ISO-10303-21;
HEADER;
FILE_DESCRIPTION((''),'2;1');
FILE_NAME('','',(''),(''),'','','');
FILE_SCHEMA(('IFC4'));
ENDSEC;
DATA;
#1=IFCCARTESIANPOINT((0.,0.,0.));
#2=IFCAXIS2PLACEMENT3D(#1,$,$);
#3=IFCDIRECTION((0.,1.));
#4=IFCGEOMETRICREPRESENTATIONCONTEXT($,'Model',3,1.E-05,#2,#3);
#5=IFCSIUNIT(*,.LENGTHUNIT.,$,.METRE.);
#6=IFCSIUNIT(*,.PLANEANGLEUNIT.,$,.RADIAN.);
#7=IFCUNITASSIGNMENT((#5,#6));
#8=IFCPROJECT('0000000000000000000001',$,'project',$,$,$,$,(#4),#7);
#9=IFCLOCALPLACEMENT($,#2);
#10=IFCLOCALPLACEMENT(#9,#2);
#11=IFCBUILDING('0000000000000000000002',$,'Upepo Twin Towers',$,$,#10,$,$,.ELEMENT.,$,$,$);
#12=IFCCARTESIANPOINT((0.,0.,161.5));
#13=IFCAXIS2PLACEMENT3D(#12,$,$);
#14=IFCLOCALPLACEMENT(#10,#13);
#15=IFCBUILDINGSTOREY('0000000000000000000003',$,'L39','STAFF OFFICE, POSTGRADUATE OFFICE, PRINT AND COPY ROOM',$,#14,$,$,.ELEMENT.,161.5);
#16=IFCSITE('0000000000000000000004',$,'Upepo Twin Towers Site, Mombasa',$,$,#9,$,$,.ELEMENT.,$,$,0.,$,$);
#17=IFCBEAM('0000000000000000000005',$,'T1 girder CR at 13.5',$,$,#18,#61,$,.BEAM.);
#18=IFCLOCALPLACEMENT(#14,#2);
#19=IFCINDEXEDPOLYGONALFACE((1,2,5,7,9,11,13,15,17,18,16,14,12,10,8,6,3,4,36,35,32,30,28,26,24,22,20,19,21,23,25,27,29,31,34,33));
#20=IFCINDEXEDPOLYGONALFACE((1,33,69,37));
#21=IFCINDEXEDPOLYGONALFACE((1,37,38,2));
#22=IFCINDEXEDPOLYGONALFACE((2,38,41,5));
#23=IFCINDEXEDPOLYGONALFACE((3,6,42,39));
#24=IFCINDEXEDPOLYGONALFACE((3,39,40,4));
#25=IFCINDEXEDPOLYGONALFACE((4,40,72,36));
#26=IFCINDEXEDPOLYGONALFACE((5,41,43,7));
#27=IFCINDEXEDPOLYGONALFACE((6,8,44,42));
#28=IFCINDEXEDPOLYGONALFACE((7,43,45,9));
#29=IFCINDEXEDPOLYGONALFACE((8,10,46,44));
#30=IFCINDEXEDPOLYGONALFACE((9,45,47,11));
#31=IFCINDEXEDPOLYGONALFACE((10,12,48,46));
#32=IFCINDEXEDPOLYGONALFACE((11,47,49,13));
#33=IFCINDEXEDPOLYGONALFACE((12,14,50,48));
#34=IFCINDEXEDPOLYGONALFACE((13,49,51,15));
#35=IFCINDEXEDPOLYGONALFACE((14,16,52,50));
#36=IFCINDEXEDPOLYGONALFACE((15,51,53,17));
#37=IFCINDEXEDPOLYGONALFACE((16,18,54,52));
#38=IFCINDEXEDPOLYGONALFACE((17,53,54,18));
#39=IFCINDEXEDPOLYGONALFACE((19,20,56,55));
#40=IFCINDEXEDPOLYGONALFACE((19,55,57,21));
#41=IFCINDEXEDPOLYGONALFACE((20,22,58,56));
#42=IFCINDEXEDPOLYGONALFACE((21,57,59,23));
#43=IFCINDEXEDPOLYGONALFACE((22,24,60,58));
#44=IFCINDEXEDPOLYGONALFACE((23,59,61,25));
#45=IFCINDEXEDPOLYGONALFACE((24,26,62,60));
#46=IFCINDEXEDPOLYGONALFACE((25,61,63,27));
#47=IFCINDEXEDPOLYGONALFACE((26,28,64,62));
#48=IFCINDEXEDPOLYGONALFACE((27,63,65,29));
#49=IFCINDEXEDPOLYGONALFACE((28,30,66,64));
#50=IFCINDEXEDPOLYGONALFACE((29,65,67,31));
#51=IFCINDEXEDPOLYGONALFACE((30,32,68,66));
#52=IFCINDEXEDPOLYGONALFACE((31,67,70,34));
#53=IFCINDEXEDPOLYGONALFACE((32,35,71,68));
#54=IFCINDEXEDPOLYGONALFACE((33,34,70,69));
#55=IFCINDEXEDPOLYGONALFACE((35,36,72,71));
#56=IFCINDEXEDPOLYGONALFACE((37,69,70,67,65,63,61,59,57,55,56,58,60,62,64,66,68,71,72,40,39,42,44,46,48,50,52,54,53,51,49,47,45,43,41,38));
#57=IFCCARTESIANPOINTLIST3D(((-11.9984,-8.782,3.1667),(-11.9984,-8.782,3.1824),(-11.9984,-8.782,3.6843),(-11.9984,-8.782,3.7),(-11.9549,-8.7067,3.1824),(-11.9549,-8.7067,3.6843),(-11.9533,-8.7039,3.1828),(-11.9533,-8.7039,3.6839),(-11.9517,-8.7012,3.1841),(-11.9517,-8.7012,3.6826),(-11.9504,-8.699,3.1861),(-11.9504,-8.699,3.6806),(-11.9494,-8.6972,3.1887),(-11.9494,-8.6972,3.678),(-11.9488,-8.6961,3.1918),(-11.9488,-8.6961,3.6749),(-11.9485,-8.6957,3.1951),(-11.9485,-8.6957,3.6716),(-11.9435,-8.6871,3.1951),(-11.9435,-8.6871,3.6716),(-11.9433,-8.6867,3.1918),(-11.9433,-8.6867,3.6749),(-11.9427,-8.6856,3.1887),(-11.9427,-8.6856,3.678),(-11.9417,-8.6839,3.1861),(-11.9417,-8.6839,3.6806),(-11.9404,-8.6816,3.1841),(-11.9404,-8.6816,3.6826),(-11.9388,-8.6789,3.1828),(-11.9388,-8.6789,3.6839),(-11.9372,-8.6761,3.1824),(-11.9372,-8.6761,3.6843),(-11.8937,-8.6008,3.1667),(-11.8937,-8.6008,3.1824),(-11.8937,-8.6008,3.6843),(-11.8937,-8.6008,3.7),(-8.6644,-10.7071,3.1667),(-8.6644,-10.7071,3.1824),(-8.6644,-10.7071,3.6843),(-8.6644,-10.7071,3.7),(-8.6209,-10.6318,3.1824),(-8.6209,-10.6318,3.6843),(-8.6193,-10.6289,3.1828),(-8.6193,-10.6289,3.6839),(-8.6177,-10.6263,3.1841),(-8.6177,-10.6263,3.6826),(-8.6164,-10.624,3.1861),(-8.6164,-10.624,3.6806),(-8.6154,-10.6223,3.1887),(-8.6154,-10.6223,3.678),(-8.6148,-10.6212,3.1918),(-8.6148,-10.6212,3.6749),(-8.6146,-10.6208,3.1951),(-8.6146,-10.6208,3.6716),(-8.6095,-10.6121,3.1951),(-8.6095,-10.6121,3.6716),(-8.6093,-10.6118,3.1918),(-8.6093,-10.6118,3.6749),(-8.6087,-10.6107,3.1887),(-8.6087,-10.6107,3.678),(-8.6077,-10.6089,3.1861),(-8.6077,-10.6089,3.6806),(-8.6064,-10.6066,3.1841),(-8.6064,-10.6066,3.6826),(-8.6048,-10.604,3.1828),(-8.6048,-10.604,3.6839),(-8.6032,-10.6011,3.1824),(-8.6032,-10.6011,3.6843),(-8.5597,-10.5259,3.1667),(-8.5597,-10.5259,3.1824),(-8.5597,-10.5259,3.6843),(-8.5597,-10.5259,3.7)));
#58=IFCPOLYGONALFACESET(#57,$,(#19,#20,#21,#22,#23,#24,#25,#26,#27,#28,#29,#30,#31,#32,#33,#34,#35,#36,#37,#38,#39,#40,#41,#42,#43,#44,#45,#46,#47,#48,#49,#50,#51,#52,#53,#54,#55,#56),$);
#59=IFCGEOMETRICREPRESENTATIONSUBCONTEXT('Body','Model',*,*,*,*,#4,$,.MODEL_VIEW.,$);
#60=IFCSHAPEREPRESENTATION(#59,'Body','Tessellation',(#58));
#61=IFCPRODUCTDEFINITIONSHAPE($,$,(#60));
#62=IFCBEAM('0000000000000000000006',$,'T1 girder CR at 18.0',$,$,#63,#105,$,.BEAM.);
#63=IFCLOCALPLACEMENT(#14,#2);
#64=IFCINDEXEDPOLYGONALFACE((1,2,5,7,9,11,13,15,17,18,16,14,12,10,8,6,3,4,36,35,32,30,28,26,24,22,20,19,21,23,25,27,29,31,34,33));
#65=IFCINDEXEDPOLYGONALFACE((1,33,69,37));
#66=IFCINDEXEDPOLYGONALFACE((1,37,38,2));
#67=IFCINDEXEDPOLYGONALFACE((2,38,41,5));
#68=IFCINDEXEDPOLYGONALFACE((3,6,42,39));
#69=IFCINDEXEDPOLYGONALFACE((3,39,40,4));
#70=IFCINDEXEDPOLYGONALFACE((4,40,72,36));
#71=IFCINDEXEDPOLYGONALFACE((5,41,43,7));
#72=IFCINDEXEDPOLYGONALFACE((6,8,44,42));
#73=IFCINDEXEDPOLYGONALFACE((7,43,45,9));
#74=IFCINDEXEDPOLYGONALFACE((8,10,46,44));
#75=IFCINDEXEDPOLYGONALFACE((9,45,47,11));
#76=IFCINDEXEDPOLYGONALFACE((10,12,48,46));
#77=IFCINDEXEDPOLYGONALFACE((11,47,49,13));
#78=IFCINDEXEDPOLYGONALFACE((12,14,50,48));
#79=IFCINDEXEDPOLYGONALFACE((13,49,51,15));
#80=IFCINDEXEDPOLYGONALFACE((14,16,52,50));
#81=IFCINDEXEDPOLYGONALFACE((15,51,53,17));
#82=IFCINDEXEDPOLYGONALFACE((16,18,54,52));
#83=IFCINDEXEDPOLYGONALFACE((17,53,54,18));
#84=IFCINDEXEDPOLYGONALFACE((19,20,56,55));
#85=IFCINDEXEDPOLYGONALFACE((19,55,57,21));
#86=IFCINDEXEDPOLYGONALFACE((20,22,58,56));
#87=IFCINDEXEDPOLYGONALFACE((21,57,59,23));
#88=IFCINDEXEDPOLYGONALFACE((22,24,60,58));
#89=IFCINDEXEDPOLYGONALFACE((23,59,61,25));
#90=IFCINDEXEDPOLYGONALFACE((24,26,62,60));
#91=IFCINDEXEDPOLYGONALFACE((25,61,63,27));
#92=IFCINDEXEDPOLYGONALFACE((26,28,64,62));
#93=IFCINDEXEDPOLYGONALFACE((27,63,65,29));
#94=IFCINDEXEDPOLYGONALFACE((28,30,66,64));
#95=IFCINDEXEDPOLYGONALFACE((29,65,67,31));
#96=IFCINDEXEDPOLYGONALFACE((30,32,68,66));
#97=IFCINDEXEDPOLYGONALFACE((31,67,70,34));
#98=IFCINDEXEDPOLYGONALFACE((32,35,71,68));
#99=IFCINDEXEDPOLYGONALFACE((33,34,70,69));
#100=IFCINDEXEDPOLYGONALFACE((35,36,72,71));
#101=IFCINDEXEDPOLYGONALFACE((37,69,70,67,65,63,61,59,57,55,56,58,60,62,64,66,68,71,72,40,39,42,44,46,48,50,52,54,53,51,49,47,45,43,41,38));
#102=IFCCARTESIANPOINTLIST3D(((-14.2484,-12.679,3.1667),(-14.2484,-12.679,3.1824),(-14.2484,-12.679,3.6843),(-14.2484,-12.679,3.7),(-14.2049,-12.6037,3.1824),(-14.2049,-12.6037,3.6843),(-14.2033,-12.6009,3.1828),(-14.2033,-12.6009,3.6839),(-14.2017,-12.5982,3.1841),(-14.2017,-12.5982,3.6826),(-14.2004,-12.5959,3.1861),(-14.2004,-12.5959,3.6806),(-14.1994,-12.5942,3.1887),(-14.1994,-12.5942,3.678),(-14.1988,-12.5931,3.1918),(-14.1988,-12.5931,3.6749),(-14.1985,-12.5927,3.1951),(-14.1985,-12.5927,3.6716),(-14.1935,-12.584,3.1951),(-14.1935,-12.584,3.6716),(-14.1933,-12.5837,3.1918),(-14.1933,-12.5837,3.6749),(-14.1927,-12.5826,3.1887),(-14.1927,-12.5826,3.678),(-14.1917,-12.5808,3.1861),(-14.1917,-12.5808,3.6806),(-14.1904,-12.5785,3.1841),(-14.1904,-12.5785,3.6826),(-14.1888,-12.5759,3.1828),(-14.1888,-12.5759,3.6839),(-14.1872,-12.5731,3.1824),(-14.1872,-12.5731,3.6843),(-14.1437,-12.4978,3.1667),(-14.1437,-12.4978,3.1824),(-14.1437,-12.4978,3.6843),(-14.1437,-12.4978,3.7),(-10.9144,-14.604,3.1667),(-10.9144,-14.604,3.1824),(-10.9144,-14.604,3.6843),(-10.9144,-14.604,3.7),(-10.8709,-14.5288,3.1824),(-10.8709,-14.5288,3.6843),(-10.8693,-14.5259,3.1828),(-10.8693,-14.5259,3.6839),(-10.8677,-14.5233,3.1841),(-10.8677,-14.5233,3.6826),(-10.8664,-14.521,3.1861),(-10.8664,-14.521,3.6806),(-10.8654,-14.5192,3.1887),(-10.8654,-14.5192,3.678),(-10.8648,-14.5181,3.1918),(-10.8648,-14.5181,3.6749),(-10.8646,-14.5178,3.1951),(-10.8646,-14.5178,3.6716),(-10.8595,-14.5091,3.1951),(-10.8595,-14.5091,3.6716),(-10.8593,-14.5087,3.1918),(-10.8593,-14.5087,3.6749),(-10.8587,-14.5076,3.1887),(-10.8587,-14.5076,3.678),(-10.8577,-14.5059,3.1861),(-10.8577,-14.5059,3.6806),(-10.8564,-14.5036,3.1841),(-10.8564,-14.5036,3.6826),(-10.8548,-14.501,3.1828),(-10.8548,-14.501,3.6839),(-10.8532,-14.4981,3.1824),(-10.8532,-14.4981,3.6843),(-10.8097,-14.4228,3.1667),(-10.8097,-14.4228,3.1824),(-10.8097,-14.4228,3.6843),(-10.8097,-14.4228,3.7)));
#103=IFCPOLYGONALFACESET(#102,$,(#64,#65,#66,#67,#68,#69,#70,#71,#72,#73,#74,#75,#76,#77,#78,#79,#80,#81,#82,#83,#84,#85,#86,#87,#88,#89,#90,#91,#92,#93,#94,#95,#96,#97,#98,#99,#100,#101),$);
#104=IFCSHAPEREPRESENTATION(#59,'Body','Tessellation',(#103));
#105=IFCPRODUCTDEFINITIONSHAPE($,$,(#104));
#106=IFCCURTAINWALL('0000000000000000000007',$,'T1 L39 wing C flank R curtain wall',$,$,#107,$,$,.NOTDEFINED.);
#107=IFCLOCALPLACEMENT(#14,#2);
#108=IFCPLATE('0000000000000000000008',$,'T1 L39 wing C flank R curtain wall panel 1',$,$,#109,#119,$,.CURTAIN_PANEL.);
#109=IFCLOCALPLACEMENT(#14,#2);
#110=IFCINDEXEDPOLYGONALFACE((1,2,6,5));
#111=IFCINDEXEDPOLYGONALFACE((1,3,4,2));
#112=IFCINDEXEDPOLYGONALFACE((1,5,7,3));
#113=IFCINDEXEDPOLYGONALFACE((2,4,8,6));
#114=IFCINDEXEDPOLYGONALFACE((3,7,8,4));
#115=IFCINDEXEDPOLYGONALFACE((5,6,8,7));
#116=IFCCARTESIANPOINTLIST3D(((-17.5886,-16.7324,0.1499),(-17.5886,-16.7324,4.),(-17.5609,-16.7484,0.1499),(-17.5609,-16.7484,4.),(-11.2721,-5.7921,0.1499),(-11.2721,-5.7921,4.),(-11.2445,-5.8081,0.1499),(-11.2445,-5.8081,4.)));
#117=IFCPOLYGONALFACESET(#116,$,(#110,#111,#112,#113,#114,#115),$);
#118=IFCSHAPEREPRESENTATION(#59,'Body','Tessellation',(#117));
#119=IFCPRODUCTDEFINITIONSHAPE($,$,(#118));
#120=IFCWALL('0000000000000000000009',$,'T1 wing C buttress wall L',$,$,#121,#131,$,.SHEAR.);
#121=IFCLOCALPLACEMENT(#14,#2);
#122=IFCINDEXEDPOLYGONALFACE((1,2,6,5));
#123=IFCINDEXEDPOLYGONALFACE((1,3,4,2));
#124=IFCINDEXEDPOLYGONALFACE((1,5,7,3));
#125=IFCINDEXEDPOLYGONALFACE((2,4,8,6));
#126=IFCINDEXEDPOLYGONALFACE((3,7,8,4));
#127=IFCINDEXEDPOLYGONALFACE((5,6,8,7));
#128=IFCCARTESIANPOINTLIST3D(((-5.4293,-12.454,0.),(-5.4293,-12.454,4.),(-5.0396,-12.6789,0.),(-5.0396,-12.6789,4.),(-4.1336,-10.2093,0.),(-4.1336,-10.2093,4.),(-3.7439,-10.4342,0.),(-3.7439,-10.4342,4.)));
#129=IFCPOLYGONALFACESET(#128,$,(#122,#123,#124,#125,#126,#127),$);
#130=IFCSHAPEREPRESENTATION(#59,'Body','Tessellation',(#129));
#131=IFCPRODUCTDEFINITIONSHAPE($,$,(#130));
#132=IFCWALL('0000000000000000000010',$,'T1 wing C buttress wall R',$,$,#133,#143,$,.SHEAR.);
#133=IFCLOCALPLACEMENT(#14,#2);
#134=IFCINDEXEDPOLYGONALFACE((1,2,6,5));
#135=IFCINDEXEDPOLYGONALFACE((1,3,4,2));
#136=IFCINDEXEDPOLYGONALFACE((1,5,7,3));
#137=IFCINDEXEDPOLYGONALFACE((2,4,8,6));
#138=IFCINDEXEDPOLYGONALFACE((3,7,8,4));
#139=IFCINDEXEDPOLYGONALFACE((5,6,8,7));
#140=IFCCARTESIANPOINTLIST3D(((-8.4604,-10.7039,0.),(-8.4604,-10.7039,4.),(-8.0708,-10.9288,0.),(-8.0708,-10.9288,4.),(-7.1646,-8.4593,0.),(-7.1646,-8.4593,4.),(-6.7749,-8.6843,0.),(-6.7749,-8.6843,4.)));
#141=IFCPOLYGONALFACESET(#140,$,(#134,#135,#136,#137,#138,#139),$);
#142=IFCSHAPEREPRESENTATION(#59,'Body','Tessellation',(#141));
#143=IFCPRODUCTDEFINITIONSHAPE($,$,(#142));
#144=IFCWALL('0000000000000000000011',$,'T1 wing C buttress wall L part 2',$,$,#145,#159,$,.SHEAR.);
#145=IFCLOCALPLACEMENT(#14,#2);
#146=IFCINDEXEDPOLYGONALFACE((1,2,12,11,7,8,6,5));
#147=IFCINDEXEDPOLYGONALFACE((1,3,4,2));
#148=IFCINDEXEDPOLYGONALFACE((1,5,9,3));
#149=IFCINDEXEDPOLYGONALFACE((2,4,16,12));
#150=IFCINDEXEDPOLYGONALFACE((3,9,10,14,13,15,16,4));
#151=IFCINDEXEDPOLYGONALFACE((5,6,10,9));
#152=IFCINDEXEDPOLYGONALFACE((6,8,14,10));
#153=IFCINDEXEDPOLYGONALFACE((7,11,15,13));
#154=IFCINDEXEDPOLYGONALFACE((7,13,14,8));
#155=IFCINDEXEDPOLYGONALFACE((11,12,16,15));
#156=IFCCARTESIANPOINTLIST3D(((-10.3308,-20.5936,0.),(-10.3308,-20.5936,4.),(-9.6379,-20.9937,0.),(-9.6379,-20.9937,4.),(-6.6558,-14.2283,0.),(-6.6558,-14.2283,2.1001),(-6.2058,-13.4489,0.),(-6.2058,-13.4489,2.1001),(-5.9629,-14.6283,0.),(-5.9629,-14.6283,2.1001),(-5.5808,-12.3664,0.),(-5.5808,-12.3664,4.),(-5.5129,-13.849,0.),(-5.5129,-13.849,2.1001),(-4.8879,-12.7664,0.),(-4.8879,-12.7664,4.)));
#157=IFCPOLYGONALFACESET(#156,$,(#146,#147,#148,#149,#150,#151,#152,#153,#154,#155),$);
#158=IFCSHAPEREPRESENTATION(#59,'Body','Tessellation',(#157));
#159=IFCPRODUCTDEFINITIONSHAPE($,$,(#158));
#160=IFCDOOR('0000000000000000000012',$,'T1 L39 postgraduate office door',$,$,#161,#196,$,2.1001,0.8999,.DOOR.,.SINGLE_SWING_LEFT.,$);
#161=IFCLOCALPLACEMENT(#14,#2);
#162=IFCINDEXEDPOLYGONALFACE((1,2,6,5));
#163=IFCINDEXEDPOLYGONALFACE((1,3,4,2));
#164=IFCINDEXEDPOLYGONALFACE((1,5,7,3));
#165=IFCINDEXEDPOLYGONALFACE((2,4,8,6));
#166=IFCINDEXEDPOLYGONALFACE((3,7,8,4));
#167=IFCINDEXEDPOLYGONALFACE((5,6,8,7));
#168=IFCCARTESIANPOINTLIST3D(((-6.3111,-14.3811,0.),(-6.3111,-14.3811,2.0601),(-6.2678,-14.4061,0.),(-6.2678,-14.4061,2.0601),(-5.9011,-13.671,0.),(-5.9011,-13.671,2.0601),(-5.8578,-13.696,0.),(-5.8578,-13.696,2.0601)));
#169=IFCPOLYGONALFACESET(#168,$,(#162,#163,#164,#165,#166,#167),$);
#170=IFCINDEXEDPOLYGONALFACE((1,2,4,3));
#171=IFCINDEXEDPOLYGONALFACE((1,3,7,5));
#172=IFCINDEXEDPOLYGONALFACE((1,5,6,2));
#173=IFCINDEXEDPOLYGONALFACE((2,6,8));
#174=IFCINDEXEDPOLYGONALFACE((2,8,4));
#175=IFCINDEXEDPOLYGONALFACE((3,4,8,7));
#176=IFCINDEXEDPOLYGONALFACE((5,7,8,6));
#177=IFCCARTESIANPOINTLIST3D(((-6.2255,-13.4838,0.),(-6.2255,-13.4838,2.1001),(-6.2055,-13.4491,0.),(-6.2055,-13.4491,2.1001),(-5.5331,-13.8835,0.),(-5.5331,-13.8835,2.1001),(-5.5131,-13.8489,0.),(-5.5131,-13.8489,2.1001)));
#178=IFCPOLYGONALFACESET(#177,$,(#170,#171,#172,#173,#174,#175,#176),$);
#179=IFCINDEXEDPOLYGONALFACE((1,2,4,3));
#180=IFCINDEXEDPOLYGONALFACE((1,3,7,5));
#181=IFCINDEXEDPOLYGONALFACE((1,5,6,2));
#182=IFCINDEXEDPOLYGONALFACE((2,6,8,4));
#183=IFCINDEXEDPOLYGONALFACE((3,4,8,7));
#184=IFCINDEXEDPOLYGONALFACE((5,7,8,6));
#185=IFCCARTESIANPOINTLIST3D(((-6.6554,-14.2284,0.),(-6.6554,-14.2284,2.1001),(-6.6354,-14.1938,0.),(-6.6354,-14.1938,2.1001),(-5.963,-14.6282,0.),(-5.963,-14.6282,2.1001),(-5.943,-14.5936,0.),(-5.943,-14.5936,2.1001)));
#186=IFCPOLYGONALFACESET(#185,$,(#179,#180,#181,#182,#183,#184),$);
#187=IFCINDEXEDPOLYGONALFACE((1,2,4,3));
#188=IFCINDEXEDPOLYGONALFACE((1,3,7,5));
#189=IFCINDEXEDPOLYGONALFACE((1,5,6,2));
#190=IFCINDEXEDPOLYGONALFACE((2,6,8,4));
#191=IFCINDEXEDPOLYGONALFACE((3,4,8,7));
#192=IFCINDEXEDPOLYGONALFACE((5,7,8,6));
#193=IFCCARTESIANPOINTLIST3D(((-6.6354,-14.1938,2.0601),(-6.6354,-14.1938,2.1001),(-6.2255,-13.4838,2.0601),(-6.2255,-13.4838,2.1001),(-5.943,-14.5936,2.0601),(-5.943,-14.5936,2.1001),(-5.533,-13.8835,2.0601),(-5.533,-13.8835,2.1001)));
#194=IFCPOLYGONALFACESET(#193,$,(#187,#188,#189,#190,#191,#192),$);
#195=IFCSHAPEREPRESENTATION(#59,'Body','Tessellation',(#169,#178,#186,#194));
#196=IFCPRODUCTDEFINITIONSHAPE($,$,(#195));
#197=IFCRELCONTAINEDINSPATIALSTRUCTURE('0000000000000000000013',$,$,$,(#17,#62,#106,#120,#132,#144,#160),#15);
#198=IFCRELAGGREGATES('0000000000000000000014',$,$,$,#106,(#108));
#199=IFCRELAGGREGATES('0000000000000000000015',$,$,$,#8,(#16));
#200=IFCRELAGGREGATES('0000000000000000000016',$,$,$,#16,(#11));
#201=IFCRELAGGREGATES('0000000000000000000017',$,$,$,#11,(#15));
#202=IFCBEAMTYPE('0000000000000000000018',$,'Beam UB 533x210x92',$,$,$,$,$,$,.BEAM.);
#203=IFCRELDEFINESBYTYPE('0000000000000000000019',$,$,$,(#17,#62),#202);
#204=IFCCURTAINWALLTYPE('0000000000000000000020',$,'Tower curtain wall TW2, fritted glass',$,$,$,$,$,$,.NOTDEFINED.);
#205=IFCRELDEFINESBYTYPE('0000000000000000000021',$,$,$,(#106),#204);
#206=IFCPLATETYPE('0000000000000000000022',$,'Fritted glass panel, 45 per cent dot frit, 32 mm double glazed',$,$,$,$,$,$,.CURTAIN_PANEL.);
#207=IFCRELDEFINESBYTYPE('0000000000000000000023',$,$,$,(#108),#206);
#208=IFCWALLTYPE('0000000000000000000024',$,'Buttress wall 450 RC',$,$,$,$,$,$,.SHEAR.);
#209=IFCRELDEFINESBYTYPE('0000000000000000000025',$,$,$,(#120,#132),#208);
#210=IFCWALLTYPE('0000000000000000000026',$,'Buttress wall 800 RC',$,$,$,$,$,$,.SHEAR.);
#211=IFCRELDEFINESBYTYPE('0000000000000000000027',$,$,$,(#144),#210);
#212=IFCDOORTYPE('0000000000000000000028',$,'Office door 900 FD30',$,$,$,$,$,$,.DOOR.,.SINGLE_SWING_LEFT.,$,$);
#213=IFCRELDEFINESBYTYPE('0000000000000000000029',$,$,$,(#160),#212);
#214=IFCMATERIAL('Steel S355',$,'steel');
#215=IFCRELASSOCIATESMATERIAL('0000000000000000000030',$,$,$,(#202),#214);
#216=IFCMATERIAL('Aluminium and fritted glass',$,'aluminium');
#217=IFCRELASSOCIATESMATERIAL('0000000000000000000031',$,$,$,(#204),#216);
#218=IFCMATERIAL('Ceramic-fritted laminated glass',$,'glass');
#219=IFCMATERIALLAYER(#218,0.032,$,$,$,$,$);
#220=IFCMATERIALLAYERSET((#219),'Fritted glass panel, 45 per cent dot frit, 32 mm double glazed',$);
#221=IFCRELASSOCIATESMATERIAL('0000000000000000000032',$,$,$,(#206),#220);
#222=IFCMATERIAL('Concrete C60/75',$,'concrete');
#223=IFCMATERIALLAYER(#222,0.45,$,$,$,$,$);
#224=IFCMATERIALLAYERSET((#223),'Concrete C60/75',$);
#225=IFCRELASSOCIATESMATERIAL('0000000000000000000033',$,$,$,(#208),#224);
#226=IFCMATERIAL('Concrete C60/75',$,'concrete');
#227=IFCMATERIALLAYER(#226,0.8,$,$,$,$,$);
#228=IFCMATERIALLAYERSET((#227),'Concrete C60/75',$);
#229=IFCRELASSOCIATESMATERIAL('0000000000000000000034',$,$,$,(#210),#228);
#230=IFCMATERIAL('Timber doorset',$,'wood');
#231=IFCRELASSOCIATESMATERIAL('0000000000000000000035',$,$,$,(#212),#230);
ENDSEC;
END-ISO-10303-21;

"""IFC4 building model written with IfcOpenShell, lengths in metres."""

from ifc_helpers import new_model, si_unit, direction, frame, frame_2d, origin, origin_2d, place, context, subcontext, project, spatial, rectangle, i_section, extrude, material, layer, layer_set, material_profile, profile_set, type_object, element, fill, aggregate, save


model = new_model("IFC4")

# Units and contexts
model_context = context("Model", 3, precision=1e-05, world=origin(), true_north=direction((0.0, 1.0)))
body_context = subcontext(model_context, "Body", "Model", "MODEL_VIEW")
ifc_project = project(units=[si_unit("LENGTHUNIT", "METRE"), si_unit("PLANEANGLEUNIT", "RADIAN")], contexts=[model_context])

# Site, building, storey
site_placement = place(None, origin())
site = spatial("IfcSite", under=ifc_project, at=site_placement, Name="Upepo Twin Towers Site, Mombasa", CompositionType="ELEMENT", RefElevation=0.0)
building_placement = place(site_placement, origin())
building = spatial("IfcBuilding", under=site, at=building_placement, Name="Upepo Twin Towers", CompositionType="ELEMENT")
storey_placement = place(building_placement, frame((0.0, 0.0, 161.5)))
storey = spatial("IfcBuildingStorey", under=building, at=storey_placement, Name="L39", Description="STAFF OFFICE, POSTGRADUATE OFFICE, PRINT AND COPY ROOM", CompositionType="ELEMENT", Elevation=161.5)

# Beams
ifc_material_1 = material(Name="Steel S355", Category="steel")
ifc_material_profile_1 = material_profile(ifc_material_1, i_section(OverallWidth=0.2092, OverallDepth=0.5332, WebThickness=0.01, FlangeThickness=0.0156, FilletRadius=0.0127, at=origin_2d()), Name="UB 533x210x92")
ifc_profile_set_1 = profile_set([ifc_material_profile_1], Name="Steel S355")
beam_type_1 = type_object("IfcBeamType", Name="Beam UB 533x210x92", PredefinedType="BEAM", material=ifc_profile_set_1)
for number, where, z_axis, x_axis, name in (
    (1, (-11.946, -8.6914, 3.4333), (0.866006, -0.500034, 0.0), (0.500034, 0.866006, 0.0), "T1 girder CR at 13.5"),
    (2, (-14.196, -12.5884, 3.4333), (0.866006, -0.500034, 0.0), (0.500034, 0.866006, 0.0), "T1 girder CR at 18.0"),
):
    element("IfcBeam", number, at=place(storey_placement, frame(where, z_axis=z_axis, x_axis=x_axis)), inside=storey, type_object=beam_type_1, Name=name, PredefinedType="BEAM", context=body_context, shape_type="SweptSolid", body=[
        extrude(i_section(OverallWidth=0.2092, OverallDepth=0.5332, WebThickness=0.01, FlangeThickness=0.0156, FilletRadius=0.0127, at=origin_2d()), origin(), (0.0, 0.0, 1.0), 3.8499),
    ])

# Curtain wall, plate
ifc_material_2 = material(Name="Aluminium and fritted glass", Category="aluminium")
curtain_wall_type = type_object("IfcCurtainWallType", Name="Tower curtain wall TW2, fritted glass", PredefinedType="NOTDEFINED", material=ifc_material_2)
curtain_wall_placement = place(storey_placement, origin())
curtain_wall = element("IfcCurtainWall", 3, at=curtain_wall_placement, inside=storey, type_object=curtain_wall_type, Name="T1 L39 wing C flank R curtain wall", PredefinedType="NOTDEFINED")
ifc_material_3 = material(Name="Ceramic-fritted laminated glass", Category="glass")
ifc_layer_1 = layer(ifc_material_3, 0.032)
ifc_layer_set_1 = layer_set([ifc_layer_1], Name="Fritted glass panel, 45 per cent dot frit, 32 mm double glazed")
plate_type = type_object("IfcPlateType", Name="Fritted glass panel, 45 per cent dot frit, 32 mm double glazed", PredefinedType="CURTAIN_PANEL", material=ifc_layer_set_1)
plate_placement = place(storey_placement, frame((-14.4165, -11.2703, 0.1499), z_axis=(0.0, 0.0, 1.0), x_axis=(0.5, 0.866025, 0.0)))
plate = element("IfcPlate", 4, at=plate_placement, type_object=plate_type, Name="T1 L39 wing C flank R curtain wall panel 1", PredefinedType="CURTAIN_PANEL", context=body_context, shape_type="SweptSolid", body=[
    extrude(rectangle(XDim=12.6328, YDim=0.032, at=origin_2d()), origin(), (0.0, 0.0, 1.0), 3.8501),
])
aggregate(curtain_wall, [plate])

# Walls
ifc_material_4 = material(Name="Concrete C60/75", Category="concrete")
ifc_layer_2 = layer(ifc_material_4, 0.45)
ifc_layer_set_2 = layer_set([ifc_layer_2], Name="Concrete C60/75")
wall_type_1 = type_object("IfcWallType", Name="Buttress wall 450 RC", PredefinedType="SHEAR", material=ifc_layer_set_2)
for number, where, z_axis, x_axis, name in (
    (5, (-3.9387, -10.3218, 0.0), (0.0, 0.0, 1.0), (-0.499918, -0.866073, 0.0), "T1 wing C buttress wall L"),
    (6, (-6.9697, -8.5718, 0.0), (0.0, 0.0, 1.0), (-0.499989, -0.866032, 0.0), "T1 wing C buttress wall R"),
):
    element("IfcWall", number, at=place(storey_placement, frame(where, z_axis=z_axis, x_axis=x_axis)), inside=storey, type_object=wall_type_1, Name=name, PredefinedType="SHEAR", context=body_context, shape_type="SweptSolid", body=[
        extrude(rectangle(XDim=2.5918, YDim=0.45, at=frame_2d((1.2959, 0.0))), origin(), (0.0, 0.0, 1.0), 4.0),
    ])

# Wall, opening, door
ifc_material_5 = material(Name="Concrete C60/75", Category="concrete")
ifc_layer_3 = layer(ifc_material_5, 0.8)
ifc_layer_set_3 = layer_set([ifc_layer_3], Name="Concrete C60/75")
wall_type_2 = type_object("IfcWallType", Name="Buttress wall 800 RC", PredefinedType="SHEAR", material=ifc_layer_set_3)
wall_1_placement = place(storey_placement, frame((-5.2344, -12.5664, 0.0), z_axis=(0.0, 0.0, 1.0), x_axis=(-0.499998, -0.866027, 0.0)))
wall_1 = element("IfcWall", 7, at=wall_1_placement, inside=storey, type_object=wall_type_2, Name="T1 wing C buttress wall L part 2", PredefinedType="SHEAR", context=body_context, shape_type="SweptSolid", body=[
    extrude(rectangle(XDim=9.5, YDim=0.8, at=frame_2d((4.75, 0.0))), origin(), (0.0, 0.0, 1.0), 4.0),
])
opening_1_placement = place(wall_1_placement, frame((1.25, 0.0, 0.0)))
opening_1 = element("IfcOpeningElement", 8, at=opening_1_placement, cuts=wall_1, PredefinedType="OPENING", context=body_context, shape_type="SweptSolid", body=[
    extrude(rectangle(XDim=0.8999, YDim=2.1001, at=frame_2d((0.45, 1.05))), frame((0.0, 0.4099, 0.0), z_axis=(0.0, -1.0, 0.0), x_axis=(1.0, 0.0, 0.0)), (0.0, 0.0, 1.0), 0.8201),
])
ifc_material_6 = material(Name="Timber doorset", Category="wood")
door_type_1 = type_object("IfcDoorType", Name="Office door 900 FD30", OperationType="SINGLE_SWING_LEFT", PredefinedType="DOOR", material=ifc_material_6)
door_1_placement = place(opening_1_placement, origin())
door_1 = element("IfcDoor", 9, at=door_1_placement, inside=storey, type_object=door_type_1, Name="T1 L39 postgraduate office door", OperationType="SINGLE_SWING_LEFT", OverallHeight=2.1001, OverallWidth=0.8999, PredefinedType="DOOR", context=body_context, shape_type="SweptSolid", body=[
    extrude(rectangle(XDim=0.8199, YDim=2.0601, at=frame_2d((0.45, 1.03))), frame((0.0, 0.0249, 0.0), z_axis=(0.0, -1.0, 0.0), x_axis=(1.0, 0.0, 0.0)), (0.0, 0.0, 1.0), 0.05),
    extrude(rectangle(XDim=0.04, YDim=2.1001, at=frame_2d((0.02, 1.05))), frame((0.0, 0.3999, 0.0), z_axis=(0.0, -1.0, 0.0), x_axis=(1.0, 0.0, 0.0)), (0.0, 0.0, 1.0), 0.7996),
    extrude(rectangle(XDim=0.04, YDim=2.1001, at=frame_2d((0.8799, 1.05))), frame((0.0, 0.3999, 0.0), z_axis=(0.0, -1.0, 0.0), x_axis=(1.0, 0.0, 0.0)), (0.0, 0.0, 1.0), 0.7996),
    extrude(rectangle(XDim=0.8199, YDim=0.04, at=frame_2d((0.45, 2.0801))), frame((0.0, 0.3999, 0.0), z_axis=(0.0, -1.0, 0.0), x_axis=(1.0, 0.0, 0.0)), (0.0, 0.0, 1.0), 0.7996),
])
fill(opening_1, door_1)

save(model, "model.ifc")
